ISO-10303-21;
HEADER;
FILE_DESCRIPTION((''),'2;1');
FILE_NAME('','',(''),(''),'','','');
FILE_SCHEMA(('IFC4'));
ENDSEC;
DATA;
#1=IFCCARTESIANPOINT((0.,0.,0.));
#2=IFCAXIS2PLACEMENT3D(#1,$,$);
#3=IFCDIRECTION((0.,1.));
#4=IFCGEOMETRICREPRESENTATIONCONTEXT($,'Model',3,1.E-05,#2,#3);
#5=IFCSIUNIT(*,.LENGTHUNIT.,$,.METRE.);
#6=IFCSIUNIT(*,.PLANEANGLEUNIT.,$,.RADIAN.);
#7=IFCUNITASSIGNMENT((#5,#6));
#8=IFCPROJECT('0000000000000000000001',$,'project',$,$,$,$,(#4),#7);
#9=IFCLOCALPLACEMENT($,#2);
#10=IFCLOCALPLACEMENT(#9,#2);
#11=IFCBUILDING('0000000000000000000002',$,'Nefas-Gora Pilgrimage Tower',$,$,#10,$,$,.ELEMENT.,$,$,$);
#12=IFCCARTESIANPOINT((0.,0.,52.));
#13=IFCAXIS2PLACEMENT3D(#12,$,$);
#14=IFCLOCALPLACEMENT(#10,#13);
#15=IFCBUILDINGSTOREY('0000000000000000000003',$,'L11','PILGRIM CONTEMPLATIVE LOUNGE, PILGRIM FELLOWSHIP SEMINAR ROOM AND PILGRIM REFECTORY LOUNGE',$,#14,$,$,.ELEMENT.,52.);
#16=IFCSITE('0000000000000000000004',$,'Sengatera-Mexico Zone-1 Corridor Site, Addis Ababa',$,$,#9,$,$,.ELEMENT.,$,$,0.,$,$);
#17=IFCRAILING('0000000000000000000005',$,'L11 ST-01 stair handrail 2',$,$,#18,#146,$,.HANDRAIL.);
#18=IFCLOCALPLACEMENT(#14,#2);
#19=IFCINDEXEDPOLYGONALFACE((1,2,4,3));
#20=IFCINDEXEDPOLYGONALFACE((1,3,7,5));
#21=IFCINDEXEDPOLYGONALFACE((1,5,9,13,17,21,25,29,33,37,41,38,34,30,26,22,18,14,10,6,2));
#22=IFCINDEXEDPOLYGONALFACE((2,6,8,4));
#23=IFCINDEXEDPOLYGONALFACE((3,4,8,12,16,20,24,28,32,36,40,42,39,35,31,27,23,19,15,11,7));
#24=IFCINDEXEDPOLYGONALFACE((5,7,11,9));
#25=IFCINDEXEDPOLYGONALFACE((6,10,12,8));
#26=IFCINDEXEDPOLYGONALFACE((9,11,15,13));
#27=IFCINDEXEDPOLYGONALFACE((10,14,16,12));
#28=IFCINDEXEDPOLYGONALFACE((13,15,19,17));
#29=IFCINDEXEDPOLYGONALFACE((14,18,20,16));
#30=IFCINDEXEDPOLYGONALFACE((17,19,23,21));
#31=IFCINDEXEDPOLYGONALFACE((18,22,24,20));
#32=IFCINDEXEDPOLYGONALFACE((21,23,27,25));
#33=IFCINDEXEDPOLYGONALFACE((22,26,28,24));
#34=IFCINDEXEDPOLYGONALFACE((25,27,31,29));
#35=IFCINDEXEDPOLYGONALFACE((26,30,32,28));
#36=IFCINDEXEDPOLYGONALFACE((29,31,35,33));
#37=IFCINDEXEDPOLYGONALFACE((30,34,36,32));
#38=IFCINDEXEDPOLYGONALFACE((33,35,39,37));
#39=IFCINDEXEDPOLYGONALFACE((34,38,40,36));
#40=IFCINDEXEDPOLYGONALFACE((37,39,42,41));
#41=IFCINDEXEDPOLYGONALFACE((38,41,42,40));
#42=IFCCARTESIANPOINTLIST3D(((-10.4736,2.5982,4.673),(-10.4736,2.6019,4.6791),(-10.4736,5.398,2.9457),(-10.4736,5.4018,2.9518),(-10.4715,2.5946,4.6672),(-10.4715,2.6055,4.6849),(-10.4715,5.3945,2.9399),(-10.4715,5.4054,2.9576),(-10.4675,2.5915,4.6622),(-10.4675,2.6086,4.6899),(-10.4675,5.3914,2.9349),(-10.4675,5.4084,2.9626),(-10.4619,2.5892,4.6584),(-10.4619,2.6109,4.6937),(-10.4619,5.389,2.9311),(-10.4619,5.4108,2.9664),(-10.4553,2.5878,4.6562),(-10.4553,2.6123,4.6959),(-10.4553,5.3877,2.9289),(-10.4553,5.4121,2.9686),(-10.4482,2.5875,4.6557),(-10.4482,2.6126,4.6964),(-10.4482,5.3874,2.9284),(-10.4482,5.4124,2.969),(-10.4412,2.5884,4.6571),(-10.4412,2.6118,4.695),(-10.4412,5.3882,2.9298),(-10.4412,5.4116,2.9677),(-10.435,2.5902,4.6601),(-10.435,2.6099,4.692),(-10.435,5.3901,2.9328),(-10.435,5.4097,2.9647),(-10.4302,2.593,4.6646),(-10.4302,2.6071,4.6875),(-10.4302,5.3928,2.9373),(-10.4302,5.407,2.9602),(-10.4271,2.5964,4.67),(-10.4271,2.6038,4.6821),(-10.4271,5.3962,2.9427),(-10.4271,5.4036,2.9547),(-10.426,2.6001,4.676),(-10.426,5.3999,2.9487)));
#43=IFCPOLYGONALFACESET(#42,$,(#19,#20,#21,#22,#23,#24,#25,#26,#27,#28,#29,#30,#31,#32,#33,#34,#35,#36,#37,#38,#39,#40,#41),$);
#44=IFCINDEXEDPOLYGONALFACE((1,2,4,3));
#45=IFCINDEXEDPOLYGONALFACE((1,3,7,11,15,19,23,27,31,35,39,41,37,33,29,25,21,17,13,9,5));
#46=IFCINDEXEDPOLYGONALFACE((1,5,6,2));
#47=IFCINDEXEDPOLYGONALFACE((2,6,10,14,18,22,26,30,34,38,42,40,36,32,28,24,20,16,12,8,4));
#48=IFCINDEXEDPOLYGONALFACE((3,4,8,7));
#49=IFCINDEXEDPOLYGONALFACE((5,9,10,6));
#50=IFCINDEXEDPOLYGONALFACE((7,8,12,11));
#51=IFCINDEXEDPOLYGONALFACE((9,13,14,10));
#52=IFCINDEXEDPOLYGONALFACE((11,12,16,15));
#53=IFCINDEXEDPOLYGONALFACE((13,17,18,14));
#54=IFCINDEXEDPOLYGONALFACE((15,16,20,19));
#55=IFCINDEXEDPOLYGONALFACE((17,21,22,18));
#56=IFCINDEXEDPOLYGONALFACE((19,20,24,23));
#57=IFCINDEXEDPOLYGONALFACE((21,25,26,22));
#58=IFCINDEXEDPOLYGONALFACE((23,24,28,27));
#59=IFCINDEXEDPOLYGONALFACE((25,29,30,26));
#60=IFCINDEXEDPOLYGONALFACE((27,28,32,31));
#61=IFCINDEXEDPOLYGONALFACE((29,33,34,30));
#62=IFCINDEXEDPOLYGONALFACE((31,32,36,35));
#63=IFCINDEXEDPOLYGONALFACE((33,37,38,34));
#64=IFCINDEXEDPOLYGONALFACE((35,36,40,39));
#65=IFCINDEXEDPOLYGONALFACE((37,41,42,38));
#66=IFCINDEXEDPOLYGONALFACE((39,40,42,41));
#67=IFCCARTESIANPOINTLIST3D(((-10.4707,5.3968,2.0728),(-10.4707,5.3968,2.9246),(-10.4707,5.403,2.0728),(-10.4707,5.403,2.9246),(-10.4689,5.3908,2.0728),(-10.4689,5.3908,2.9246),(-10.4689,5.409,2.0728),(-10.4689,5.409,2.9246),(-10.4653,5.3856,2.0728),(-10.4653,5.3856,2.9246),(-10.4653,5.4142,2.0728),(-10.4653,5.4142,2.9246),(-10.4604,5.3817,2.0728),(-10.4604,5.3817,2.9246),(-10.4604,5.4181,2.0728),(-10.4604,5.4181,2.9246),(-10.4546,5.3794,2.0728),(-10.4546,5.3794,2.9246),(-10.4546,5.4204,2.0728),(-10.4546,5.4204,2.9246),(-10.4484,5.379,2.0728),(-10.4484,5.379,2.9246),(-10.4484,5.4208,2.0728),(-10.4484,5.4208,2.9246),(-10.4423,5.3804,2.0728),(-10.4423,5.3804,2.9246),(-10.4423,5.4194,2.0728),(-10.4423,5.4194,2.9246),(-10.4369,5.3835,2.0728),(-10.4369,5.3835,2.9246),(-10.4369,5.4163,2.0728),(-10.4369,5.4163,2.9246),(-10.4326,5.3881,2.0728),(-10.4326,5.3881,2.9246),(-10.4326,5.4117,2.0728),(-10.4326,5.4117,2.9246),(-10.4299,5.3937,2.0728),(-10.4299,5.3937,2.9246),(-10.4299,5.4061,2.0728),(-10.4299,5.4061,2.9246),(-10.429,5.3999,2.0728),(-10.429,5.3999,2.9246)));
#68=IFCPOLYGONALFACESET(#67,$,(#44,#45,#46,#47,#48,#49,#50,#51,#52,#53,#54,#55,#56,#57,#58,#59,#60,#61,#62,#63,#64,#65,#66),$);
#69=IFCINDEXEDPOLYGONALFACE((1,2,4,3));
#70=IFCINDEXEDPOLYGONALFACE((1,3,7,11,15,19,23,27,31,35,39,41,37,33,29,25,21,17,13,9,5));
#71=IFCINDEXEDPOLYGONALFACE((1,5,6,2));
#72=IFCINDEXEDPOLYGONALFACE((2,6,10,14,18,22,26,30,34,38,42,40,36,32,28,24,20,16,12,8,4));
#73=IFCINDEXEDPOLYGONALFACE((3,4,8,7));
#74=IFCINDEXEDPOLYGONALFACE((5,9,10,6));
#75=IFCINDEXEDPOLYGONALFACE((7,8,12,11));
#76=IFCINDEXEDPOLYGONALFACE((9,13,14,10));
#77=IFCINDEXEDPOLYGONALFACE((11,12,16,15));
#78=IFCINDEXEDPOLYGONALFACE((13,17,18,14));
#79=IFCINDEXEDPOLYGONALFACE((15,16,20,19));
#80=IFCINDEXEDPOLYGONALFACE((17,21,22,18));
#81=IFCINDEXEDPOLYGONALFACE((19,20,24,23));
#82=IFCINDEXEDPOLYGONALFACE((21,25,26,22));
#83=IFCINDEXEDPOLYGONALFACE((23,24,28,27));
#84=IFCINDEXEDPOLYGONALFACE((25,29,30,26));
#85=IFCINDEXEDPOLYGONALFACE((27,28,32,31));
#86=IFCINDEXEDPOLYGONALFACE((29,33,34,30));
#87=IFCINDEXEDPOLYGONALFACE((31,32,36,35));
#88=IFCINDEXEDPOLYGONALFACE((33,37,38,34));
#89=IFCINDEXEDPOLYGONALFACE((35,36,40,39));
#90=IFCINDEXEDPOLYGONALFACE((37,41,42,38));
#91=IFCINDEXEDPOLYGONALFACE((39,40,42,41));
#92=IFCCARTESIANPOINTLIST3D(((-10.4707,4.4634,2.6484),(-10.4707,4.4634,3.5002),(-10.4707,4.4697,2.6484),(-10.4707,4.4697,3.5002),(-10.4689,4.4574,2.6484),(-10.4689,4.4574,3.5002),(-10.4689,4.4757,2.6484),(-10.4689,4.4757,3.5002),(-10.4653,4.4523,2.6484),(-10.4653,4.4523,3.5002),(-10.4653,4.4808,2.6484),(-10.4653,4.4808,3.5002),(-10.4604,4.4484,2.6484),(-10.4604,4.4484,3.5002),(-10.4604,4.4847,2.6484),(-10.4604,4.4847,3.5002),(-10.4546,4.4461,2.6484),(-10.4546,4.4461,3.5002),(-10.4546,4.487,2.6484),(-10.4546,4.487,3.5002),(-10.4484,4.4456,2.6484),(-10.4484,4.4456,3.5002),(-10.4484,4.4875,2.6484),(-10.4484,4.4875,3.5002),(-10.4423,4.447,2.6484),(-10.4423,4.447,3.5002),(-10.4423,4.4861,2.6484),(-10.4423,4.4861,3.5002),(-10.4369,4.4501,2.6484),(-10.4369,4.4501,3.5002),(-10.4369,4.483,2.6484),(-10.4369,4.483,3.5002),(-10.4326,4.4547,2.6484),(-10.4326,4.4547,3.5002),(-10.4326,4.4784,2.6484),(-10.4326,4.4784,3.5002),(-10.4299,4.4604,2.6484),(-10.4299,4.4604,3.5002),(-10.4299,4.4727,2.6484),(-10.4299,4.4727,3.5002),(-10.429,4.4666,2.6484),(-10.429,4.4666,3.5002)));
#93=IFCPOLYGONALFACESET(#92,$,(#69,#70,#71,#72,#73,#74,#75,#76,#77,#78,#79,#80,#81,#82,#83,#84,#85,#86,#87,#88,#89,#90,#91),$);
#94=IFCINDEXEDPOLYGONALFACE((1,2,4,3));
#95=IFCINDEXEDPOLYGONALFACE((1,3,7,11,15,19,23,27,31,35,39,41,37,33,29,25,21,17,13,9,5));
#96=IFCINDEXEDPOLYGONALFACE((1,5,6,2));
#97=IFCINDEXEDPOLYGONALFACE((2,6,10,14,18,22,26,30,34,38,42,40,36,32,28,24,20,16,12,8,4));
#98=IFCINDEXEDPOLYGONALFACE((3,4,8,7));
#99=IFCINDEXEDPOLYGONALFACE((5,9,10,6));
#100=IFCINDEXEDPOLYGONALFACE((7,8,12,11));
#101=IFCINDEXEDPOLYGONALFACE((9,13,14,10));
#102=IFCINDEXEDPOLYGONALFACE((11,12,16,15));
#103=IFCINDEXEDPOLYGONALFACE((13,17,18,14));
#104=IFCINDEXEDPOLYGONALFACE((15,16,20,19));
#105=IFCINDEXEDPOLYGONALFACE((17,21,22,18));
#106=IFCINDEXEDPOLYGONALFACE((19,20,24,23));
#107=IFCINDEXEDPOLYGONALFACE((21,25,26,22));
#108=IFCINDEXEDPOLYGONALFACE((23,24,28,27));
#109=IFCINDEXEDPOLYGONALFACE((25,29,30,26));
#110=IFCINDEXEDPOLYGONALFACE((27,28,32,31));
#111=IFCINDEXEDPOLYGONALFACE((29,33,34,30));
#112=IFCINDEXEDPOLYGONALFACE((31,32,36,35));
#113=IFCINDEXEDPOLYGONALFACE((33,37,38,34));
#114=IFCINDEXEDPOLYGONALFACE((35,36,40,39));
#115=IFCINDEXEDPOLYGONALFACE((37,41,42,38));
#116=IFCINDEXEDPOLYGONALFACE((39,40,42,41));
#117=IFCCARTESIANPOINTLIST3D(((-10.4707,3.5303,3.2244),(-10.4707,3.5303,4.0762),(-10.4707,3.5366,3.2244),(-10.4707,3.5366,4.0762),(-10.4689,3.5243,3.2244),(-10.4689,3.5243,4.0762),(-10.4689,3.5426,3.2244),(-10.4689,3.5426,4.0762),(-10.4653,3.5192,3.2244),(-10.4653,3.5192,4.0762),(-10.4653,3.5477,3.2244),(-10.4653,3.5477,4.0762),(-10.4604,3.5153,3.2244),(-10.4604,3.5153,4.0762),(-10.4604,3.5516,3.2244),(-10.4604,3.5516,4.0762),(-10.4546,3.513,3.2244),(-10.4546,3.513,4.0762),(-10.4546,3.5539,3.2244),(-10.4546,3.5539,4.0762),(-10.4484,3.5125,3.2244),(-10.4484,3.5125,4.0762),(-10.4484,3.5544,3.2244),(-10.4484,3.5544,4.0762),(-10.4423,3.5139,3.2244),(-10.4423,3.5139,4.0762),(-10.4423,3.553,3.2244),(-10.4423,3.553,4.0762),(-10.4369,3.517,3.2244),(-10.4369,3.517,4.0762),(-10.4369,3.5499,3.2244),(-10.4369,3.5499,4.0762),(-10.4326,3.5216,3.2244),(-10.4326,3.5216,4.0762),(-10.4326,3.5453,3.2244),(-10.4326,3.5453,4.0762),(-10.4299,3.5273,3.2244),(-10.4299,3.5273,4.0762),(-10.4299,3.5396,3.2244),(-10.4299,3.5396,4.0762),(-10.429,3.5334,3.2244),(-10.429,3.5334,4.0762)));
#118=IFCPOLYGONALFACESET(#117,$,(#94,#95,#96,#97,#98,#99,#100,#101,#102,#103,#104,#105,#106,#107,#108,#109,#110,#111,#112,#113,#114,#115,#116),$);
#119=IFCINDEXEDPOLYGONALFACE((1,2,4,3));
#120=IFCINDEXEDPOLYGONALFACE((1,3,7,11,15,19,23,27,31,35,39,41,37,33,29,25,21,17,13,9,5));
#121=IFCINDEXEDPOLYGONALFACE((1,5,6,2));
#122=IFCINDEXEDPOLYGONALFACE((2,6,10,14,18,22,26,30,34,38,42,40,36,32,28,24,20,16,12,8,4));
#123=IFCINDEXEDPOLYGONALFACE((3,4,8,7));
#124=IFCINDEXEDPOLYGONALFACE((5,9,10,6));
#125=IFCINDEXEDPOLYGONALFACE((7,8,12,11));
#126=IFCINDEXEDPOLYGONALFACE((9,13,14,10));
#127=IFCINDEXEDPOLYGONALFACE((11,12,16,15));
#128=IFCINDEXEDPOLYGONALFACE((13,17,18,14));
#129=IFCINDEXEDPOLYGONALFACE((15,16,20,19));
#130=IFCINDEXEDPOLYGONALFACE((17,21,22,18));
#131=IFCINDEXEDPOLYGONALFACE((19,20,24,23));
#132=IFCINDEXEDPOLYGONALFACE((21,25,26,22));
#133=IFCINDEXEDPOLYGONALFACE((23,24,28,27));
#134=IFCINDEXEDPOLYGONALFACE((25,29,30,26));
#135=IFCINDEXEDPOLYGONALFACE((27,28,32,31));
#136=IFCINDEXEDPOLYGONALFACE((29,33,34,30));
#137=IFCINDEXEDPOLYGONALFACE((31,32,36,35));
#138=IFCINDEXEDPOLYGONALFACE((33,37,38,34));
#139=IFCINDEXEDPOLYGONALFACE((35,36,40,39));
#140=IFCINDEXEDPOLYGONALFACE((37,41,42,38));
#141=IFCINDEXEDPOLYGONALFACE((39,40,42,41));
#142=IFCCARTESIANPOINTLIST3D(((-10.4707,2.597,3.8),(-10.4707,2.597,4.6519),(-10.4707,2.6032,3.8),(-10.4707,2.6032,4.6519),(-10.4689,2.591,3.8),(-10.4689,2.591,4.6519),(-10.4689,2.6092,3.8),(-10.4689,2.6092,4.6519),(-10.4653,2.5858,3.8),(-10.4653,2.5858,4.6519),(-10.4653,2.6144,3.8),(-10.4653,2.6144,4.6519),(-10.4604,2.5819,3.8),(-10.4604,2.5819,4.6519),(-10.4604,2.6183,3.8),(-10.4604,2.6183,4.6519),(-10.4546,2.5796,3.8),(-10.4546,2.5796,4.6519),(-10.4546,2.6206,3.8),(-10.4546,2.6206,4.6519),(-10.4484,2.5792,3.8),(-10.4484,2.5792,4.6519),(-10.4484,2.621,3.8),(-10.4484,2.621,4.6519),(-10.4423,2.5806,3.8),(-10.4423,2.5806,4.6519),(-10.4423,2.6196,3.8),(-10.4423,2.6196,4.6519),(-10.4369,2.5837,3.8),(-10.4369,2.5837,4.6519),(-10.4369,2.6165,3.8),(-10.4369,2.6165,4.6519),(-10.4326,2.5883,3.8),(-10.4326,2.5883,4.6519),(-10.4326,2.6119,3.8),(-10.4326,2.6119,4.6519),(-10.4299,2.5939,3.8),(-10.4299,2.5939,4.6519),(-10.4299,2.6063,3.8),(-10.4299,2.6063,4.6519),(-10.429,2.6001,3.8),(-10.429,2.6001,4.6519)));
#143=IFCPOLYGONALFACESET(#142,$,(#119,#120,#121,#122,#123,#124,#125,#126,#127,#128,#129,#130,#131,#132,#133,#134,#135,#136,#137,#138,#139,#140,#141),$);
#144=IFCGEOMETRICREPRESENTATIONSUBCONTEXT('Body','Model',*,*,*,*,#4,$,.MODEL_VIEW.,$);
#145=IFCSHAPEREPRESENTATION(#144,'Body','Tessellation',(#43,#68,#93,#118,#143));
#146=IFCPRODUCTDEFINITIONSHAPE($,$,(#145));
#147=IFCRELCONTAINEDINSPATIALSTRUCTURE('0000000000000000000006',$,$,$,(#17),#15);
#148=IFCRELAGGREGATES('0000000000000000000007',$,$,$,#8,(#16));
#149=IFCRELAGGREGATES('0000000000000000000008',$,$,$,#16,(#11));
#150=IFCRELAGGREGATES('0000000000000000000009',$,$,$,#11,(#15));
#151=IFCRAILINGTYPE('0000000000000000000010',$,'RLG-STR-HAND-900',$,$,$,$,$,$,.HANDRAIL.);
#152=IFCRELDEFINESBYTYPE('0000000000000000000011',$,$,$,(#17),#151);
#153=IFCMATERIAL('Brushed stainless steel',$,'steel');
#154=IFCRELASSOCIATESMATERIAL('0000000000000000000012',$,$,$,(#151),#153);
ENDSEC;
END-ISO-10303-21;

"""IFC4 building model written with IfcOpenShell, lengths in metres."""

from ifc_helpers import new_model, si_unit, direction, frame, origin, origin_2d, place, context, subcontext, project, spatial, circle, extrude, material, type_object, element, save


model = new_model("IFC4")

# Units and contexts
model_context = context("Model", 3, precision=1e-05, world=origin(), true_north=direction((0.0, 1.0)))
body_context = subcontext(model_context, "Body", "Model", "MODEL_VIEW")
ifc_project = project(units=[si_unit("LENGTHUNIT", "METRE"), si_unit("PLANEANGLEUNIT", "RADIAN")], contexts=[model_context])

# Site, building, storey
site_placement = place(None, origin())
site = spatial("IfcSite", under=ifc_project, at=site_placement, Name="Sengatera-Mexico Zone-1 Corridor Site, Addis Ababa", CompositionType="ELEMENT", RefElevation=0.0)
building_placement = place(site_placement, origin())
building = spatial("IfcBuilding", under=site, at=building_placement, Name="Nefas-Gora Pilgrimage Tower", CompositionType="ELEMENT")
storey_placement = place(building_placement, frame((0.0, 0.0, 52.0)))
storey = spatial("IfcBuildingStorey", under=building, at=storey_placement, Name="L11", Description="PILGRIM CONTEMPLATIVE LOUNGE, PILGRIM FELLOWSHIP SEMINAR ROOM AND PILGRIM REFECTORY LOUNGE", CompositionType="ELEMENT", Elevation=52.0)

# Railing
ifc_material_1 = material(Name="Brushed stainless steel", Category="steel")
railing_type_1 = type_object("IfcRailingType", Name="RLG-STR-HAND-900", PredefinedType="HANDRAIL", material=ifc_material_1)
railing_1_placement = place(storey_placement, frame((-10.45, 5.3999, 2.0728)))
element("IfcRailing", 1, at=railing_1_placement, inside=storey, type_object=railing_type_1, Name="L11 ST-01 stair handrail 2", PredefinedType="HANDRAIL", context=body_context, shape_type="SweptSolid", body=[
    extrude(circle(Radius=0.0239, at=origin_2d()), frame((0.0, 0.0, 0.876), z_axis=(0.0, -0.851069, 0.525054), x_axis=(1.0, 0.0, 0.0)), (0.0, 0.0, 1.0), 3.2898),
    extrude(circle(Radius=0.021, at=origin_2d()), origin(), (0.0, 0.0, 1.0), 0.8518),
    extrude(circle(Radius=0.021, at=origin_2d()), frame((0.0, -0.9333, 0.5757)), (0.0, 0.0, 1.0), 0.8518),
    extrude(circle(Radius=0.021, at=origin_2d()), frame((0.0, -1.8665, 1.1516)), (0.0, 0.0, 1.0), 0.8518),
    extrude(circle(Radius=0.021, at=origin_2d()), frame((0.0, -2.7998, 1.7273)), (0.0, 0.0, 1.0), 0.8518),
])

save(model, "model.ifc")
